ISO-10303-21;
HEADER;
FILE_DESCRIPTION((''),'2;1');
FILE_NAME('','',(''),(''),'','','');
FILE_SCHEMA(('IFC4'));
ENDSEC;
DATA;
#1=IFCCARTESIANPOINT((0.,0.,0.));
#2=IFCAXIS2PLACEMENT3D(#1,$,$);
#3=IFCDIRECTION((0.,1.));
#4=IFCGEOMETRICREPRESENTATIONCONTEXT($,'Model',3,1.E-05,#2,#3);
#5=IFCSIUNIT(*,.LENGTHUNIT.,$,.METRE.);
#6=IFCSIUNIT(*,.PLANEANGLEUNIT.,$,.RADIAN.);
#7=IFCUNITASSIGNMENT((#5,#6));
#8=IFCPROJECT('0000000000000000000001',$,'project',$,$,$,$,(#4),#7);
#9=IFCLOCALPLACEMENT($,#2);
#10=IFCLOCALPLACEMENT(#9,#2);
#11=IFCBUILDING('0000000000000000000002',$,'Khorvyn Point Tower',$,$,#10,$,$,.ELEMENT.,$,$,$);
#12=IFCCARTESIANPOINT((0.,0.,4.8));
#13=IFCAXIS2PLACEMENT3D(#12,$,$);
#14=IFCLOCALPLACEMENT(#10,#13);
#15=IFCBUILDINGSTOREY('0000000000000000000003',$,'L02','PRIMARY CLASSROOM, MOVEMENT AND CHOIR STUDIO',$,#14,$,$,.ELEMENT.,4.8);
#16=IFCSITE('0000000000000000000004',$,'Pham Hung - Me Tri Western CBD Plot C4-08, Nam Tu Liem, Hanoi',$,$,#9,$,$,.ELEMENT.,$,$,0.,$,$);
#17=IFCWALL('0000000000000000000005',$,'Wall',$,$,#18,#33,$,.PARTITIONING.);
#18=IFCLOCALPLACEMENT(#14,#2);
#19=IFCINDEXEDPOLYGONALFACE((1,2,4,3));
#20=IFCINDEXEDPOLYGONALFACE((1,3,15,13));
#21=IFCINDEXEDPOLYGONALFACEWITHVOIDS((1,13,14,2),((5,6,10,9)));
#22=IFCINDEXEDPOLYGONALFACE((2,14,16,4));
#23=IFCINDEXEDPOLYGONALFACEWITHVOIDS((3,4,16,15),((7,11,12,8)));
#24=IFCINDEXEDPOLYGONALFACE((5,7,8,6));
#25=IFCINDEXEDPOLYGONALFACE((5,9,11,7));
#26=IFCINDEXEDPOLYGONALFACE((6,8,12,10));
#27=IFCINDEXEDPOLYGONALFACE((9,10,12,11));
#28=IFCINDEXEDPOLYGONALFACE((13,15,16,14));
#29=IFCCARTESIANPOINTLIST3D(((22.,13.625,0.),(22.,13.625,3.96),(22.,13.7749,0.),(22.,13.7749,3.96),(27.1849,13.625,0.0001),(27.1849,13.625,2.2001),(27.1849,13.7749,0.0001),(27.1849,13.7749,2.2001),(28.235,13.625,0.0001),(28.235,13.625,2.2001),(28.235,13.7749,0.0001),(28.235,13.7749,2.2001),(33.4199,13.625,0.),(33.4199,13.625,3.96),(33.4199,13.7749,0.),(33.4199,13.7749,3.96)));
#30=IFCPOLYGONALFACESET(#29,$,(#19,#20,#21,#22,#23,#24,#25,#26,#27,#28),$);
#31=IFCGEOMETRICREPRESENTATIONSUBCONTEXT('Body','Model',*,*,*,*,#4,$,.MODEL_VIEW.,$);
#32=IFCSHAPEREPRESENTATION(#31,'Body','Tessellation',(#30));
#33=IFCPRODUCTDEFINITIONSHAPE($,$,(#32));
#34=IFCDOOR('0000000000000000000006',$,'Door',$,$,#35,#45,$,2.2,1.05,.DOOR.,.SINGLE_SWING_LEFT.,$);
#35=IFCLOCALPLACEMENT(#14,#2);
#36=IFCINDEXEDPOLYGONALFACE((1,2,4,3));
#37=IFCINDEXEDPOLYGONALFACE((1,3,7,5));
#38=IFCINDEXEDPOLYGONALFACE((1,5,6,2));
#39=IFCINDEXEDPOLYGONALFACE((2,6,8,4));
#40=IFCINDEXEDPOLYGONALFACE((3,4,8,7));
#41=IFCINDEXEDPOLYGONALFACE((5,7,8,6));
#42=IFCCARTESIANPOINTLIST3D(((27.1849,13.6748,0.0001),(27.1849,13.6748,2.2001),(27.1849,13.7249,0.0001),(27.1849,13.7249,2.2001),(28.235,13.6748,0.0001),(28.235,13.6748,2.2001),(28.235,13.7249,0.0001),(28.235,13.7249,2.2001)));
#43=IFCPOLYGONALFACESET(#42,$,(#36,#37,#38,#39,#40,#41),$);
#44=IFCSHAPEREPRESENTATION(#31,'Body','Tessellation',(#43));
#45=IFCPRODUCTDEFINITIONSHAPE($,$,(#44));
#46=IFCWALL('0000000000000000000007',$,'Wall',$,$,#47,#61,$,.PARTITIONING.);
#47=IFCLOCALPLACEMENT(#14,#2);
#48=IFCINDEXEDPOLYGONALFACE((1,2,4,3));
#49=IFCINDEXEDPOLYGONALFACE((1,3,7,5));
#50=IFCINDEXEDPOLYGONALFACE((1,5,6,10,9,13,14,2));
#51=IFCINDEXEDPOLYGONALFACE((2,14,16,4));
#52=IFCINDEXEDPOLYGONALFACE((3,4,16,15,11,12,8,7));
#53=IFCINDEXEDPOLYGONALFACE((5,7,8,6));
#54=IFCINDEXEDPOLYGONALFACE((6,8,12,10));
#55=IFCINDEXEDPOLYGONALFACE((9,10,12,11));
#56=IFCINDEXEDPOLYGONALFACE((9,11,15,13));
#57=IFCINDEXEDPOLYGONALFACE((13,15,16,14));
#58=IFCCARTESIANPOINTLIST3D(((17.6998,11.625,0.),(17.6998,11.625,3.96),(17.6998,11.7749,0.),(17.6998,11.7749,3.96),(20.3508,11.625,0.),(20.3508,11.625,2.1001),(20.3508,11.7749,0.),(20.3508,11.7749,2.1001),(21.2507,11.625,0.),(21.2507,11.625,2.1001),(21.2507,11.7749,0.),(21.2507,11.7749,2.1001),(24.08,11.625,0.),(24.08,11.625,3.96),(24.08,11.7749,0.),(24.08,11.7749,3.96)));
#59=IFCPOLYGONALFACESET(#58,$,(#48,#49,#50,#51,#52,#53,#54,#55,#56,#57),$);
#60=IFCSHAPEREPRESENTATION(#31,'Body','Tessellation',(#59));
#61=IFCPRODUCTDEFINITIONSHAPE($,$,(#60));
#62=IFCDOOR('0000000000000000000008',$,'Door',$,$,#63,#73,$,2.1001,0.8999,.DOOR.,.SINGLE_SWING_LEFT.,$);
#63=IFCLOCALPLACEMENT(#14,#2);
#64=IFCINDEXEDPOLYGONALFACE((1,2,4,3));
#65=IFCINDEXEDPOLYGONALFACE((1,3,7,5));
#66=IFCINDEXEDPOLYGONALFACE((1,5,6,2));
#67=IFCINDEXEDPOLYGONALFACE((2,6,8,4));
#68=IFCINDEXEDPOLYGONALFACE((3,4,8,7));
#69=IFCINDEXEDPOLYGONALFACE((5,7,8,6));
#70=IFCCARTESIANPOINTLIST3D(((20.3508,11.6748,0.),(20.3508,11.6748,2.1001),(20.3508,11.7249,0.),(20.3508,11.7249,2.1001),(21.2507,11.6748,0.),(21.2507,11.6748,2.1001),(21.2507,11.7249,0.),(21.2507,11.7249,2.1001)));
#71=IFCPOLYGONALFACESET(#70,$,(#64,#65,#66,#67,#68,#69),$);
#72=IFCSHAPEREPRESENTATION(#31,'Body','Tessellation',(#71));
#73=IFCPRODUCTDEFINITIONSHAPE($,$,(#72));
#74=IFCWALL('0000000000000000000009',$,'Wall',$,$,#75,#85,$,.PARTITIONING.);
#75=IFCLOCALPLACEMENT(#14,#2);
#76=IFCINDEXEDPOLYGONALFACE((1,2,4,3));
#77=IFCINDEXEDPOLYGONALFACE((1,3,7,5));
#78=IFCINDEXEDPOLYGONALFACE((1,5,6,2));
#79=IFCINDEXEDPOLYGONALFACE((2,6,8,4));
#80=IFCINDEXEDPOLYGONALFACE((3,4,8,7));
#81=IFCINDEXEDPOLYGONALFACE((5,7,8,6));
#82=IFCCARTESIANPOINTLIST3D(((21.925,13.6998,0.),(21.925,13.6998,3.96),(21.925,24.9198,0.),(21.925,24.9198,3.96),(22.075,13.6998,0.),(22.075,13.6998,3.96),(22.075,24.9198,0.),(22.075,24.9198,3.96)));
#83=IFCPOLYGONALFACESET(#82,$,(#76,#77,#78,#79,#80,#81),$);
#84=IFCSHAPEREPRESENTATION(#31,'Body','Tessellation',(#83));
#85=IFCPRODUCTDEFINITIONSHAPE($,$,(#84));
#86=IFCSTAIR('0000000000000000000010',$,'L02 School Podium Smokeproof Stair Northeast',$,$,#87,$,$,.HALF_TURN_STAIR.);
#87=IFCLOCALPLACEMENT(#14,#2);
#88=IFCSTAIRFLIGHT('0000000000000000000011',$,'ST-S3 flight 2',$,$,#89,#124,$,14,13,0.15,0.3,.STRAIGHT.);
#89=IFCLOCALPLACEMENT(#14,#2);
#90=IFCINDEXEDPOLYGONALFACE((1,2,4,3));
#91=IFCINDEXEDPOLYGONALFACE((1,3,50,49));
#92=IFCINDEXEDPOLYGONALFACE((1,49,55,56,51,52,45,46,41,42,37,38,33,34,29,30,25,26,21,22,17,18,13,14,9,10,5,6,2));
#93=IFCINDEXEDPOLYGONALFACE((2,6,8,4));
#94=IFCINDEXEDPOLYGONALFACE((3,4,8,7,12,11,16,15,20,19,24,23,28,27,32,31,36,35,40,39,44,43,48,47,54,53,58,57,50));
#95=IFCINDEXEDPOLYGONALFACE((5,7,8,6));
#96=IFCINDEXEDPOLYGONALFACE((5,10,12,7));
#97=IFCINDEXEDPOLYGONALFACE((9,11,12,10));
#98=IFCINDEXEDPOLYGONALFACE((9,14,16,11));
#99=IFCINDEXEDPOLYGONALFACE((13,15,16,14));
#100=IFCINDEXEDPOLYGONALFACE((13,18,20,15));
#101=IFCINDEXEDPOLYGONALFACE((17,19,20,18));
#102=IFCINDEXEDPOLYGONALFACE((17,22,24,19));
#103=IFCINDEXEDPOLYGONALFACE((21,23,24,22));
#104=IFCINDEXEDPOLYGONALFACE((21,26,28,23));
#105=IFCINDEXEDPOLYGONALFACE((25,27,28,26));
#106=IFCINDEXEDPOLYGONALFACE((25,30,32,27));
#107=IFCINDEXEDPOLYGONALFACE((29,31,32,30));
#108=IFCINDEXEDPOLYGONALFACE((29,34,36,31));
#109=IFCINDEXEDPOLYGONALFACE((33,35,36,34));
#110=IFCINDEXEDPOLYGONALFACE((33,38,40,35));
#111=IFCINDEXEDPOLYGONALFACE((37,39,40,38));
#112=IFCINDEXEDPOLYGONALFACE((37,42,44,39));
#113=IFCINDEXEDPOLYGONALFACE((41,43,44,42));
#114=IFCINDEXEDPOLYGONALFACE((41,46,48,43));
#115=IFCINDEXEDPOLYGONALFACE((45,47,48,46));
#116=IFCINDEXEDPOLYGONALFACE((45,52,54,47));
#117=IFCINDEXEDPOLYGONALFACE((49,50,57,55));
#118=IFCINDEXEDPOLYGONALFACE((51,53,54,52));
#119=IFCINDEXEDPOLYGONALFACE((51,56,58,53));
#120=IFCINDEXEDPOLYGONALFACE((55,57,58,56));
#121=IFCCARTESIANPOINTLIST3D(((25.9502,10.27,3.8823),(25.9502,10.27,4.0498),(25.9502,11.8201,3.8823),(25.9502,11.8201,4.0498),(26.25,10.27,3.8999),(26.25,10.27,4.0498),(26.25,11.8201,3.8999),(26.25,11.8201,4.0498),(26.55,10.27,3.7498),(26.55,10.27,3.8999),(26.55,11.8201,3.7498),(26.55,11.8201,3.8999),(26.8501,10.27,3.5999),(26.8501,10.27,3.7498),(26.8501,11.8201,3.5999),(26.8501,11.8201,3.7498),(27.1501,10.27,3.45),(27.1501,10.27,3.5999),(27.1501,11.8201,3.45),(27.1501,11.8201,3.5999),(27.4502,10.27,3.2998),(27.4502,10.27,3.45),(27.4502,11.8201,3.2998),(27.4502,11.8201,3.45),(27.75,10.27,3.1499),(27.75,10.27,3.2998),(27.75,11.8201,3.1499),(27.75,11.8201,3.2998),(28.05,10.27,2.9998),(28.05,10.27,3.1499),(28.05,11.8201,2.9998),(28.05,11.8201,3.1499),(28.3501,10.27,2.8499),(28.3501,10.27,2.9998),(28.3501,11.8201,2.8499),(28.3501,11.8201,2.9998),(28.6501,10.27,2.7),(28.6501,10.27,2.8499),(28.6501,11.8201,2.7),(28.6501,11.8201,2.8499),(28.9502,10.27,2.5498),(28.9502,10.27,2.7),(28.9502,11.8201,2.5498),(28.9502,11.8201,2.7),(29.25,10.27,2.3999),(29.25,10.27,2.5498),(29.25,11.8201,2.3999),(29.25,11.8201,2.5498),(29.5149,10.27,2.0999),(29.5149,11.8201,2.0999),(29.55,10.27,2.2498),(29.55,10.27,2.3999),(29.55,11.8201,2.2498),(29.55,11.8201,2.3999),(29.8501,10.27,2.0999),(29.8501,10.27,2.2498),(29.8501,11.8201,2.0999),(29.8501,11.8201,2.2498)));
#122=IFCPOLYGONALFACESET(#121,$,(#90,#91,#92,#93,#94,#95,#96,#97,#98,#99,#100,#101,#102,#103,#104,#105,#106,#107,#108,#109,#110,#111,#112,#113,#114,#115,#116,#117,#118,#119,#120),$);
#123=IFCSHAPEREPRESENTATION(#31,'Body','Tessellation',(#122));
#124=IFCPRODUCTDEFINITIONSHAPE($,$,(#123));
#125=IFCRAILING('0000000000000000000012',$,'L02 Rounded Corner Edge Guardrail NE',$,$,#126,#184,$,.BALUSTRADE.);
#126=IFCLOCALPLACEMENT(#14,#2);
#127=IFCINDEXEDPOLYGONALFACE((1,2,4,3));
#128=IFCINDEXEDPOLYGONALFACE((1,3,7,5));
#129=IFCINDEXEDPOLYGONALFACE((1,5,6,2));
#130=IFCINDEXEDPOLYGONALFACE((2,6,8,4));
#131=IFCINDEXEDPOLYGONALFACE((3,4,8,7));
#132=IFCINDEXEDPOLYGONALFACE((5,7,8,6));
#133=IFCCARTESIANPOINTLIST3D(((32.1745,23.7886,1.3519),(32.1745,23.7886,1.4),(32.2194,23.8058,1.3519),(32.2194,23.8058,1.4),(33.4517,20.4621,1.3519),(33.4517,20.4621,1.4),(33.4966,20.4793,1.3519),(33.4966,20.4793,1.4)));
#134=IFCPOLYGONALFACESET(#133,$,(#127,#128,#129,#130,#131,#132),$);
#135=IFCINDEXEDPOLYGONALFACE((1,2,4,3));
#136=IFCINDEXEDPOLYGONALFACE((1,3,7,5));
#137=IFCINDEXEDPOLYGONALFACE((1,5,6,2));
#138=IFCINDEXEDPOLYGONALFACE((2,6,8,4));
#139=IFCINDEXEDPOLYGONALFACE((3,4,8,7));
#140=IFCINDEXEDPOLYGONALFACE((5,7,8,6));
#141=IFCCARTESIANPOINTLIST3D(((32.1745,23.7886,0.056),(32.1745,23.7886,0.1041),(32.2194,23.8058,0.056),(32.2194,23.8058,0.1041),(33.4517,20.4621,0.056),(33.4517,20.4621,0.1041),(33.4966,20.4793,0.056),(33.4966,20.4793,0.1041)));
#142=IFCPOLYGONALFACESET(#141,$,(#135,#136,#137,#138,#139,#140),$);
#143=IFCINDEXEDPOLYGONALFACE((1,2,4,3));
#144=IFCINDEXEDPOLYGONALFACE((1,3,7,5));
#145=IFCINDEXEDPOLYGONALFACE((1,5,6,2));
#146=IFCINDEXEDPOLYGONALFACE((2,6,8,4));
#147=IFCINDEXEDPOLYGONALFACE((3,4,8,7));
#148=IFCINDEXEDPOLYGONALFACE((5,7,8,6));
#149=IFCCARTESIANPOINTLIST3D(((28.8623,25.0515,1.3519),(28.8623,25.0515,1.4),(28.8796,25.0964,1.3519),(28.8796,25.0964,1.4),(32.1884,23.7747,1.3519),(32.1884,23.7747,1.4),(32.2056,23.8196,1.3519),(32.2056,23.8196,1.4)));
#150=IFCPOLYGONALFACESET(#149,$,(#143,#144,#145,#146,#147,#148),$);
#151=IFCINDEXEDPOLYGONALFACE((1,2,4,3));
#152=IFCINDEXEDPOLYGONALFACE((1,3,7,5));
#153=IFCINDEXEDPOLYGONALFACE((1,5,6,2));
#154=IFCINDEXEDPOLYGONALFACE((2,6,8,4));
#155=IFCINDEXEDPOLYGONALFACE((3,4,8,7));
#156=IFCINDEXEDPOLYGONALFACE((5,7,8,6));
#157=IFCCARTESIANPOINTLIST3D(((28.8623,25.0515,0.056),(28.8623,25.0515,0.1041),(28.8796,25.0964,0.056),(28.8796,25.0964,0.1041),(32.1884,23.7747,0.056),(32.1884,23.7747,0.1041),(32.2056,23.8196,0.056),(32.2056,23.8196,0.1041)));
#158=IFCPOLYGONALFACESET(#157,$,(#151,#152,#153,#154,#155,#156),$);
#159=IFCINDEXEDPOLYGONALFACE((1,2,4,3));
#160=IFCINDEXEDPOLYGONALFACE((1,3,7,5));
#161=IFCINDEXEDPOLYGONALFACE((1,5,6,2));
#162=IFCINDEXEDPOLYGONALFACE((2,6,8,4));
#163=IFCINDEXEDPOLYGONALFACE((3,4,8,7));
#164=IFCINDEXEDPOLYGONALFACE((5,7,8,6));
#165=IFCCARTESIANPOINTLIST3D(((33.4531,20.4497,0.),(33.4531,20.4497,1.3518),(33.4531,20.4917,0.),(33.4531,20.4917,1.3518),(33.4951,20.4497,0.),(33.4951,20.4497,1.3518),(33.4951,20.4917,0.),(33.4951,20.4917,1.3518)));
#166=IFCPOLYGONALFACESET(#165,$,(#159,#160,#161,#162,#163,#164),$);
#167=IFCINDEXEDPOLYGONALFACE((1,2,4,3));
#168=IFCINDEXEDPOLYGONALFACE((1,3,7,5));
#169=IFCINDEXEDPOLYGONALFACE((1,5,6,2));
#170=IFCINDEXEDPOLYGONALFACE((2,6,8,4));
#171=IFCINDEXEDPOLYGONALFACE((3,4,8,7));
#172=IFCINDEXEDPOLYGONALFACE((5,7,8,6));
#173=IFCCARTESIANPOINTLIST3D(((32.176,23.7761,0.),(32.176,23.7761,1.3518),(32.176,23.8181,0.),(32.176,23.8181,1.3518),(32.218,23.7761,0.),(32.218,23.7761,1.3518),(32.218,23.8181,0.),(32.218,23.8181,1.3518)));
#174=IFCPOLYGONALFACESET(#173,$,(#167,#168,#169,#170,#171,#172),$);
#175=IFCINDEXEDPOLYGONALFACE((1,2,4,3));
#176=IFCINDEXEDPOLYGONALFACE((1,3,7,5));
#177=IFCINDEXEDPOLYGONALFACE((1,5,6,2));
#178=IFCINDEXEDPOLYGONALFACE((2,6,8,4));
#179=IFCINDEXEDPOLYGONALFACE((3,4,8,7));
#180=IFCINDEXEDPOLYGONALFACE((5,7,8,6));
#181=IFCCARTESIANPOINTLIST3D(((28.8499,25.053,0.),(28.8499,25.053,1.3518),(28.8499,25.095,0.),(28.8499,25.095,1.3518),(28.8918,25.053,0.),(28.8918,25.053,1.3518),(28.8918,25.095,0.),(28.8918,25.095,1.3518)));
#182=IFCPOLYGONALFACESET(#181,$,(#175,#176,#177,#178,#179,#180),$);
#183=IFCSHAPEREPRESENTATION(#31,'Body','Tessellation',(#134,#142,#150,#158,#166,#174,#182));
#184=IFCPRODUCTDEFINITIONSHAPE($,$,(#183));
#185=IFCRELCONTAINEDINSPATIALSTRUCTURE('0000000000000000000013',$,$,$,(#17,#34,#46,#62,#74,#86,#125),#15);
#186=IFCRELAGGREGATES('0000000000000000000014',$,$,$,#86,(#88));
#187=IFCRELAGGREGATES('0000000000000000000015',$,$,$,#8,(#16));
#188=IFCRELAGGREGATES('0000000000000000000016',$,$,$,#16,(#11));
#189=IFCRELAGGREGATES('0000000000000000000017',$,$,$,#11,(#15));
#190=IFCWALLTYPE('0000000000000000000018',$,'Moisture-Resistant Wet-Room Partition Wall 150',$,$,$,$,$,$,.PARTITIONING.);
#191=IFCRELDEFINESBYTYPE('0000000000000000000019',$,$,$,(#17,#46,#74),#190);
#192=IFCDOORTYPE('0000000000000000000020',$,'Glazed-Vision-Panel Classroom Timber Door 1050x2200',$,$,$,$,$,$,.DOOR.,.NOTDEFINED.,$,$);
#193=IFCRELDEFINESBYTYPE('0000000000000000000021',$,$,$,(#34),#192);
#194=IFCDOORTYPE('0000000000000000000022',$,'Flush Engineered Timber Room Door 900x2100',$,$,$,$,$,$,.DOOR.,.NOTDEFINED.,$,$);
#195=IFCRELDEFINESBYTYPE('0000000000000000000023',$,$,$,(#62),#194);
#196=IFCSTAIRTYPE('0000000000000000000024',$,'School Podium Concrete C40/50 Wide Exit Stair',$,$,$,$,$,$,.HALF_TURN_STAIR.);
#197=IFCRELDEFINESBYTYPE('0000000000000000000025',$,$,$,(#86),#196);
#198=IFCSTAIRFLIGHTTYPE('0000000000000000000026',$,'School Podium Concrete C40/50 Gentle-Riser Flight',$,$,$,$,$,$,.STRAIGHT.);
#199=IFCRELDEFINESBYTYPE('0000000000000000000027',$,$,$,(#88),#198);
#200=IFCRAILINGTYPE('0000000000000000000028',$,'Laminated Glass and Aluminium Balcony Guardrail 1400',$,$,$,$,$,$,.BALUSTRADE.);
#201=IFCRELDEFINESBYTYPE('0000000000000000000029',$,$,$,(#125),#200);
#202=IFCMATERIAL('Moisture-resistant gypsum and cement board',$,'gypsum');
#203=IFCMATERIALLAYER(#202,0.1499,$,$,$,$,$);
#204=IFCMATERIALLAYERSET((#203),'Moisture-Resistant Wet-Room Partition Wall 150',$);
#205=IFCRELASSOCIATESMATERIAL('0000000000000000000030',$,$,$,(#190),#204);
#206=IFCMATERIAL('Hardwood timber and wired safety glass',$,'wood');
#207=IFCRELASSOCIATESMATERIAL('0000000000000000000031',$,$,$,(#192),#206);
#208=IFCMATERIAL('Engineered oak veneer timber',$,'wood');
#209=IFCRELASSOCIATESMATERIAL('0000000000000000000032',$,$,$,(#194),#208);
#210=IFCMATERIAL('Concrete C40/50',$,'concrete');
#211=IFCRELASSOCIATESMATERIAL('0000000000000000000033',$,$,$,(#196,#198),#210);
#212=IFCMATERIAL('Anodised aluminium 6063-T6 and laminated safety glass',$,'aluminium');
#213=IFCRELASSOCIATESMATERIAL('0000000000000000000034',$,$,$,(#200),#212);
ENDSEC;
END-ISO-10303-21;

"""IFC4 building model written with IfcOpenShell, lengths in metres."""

from ifc_helpers import new_model, si_unit, direction, frame, frame_2d, origin, origin_2d, place, context, subcontext, project, spatial, polyline, rectangle, outline, extrude, material, layer, layer_set, type_object, element, fill, aggregate, save


model = new_model("IFC4")

# Units and contexts
model_context = context("Model", 3, precision=1e-05, world=origin(), true_north=direction((0.0, 1.0)))
body_context = subcontext(model_context, "Body", "Model", "MODEL_VIEW")
ifc_project = project(units=[si_unit("LENGTHUNIT", "METRE"), si_unit("PLANEANGLEUNIT", "RADIAN")], contexts=[model_context])

# Site, building, storey
site_placement = place(None, origin())
site = spatial("IfcSite", under=ifc_project, at=site_placement, Name="Pham Hung - Me Tri Western CBD Plot C4-08, Nam Tu Liem, Hanoi", CompositionType="ELEMENT", RefElevation=0.0)
building_placement = place(site_placement, origin())
building = spatial("IfcBuilding", under=site, at=building_placement, Name="Khorvyn Point Tower", CompositionType="ELEMENT")
storey_placement = place(building_placement, frame((0.0, 0.0, 4.8)))
storey = spatial("IfcBuildingStorey", under=building, at=storey_placement, Name="L02", Description="PRIMARY CLASSROOM, MOVEMENT AND CHOIR STUDIO", CompositionType="ELEMENT", Elevation=4.8)

# Shared definitions
ifc_material_1 = material(Name="Concrete C40/50", Category="concrete")

# Walls, openings, doors
ifc_material_2 = material(Name="Moisture-resistant gypsum and cement board", Category="gypsum")
ifc_layer_1 = layer(ifc_material_2, 0.1499)
ifc_layer_set_1 = layer_set([ifc_layer_1], Name="Moisture-Resistant Wet-Room Partition Wall 150")
wall_type_1 = type_object("IfcWallType", Name="Moisture-Resistant Wet-Room Partition Wall 150", PredefinedType="PARTITIONING", material=ifc_layer_set_1)
wall_1_placement = place(storey_placement, frame((22.0, 13.7, 0.0), z_axis=(0.0, 0.0, 1.0), x_axis=(1.0, 0.0, 0.0)))
wall_1 = element("IfcWall", 1, at=wall_1_placement, inside=storey, type_object=wall_type_1, Name="Wall", PredefinedType="PARTITIONING", context=body_context, shape_type="SweptSolid", body=[
    extrude(rectangle(XDim=11.4199, YDim=0.1499, at=frame_2d((5.71, 0.0))), origin(), (0.0, 0.0, 1.0), 3.96),
])
opening_1_placement = place(wall_1_placement, frame((5.1851, 0.0, 0.0)))
opening_1 = element("IfcOpeningElement", 2, at=opening_1_placement, cuts=wall_1, PredefinedType="OPENING", context=body_context, shape_type="SweptSolid", body=[
    extrude(rectangle(XDim=1.05, YDim=2.2, at=frame_2d((0.5249, 1.1001))), frame((0.0, 0.085, 0.0), z_axis=(0.0, -1.0, 0.0), x_axis=(1.0, 0.0, 0.0)), (0.0, 0.0, 1.0), 0.1699),
])
ifc_material_3 = material(Name="Hardwood timber and wired safety glass", Category="wood")
door_type_1 = type_object("IfcDoorType", Name="Glazed-Vision-Panel Classroom Timber Door 1050x2200", OperationType="NOTDEFINED", PredefinedType="DOOR", material=ifc_material_3)
door_1_placement = place(opening_1_placement, origin())
door_1 = element("IfcDoor", 3, at=door_1_placement, inside=storey, type_object=door_type_1, Name="Door", OperationType="SINGLE_SWING_LEFT", OverallHeight=2.2, OverallWidth=1.05, PredefinedType="DOOR", context=body_context, shape_type="SweptSolid", body=[
    extrude(rectangle(XDim=1.05, YDim=2.2, at=frame_2d((0.5249, 1.1001))), frame((0.0, 0.0249, 0.0), z_axis=(0.0, -1.0, 0.0), x_axis=(1.0, 0.0, 0.0)), (0.0, 0.0, 1.0), 0.05),
])
fill(opening_1, door_1)
wall_2_placement = place(storey_placement, frame((17.7, 11.7, 0.0), z_axis=(0.0, 0.0, 1.0), x_axis=(1.0, 0.0, 0.0)))
wall_2 = element("IfcWall", 4, at=wall_2_placement, inside=storey, type_object=wall_type_1, Name="Wall", PredefinedType="PARTITIONING", context=body_context, shape_type="SweptSolid", body=[
    extrude(rectangle(XDim=6.3801, YDim=0.1499, at=frame_2d((3.1899, 0.0))), origin(), (0.0, 0.0, 1.0), 3.96),
])
opening_2_placement = place(wall_2_placement, frame((2.6509, 0.0, 0.0)))
opening_2 = element("IfcOpeningElement", 5, at=opening_2_placement, cuts=wall_2, PredefinedType="OPENING", context=body_context, shape_type="SweptSolid", body=[
    extrude(rectangle(XDim=0.8999, YDim=2.1001, at=frame_2d((0.45, 1.05))), frame((0.0, 0.085, 0.0), z_axis=(0.0, -1.0, 0.0), x_axis=(1.0, 0.0, 0.0)), (0.0, 0.0, 1.0), 0.1699),
])
ifc_material_4 = material(Name="Engineered oak veneer timber", Category="wood")
door_type_2 = type_object("IfcDoorType", Name="Flush Engineered Timber Room Door 900x2100", OperationType="NOTDEFINED", PredefinedType="DOOR", material=ifc_material_4)
door_2_placement = place(opening_2_placement, origin())
door_2 = element("IfcDoor", 6, at=door_2_placement, inside=storey, type_object=door_type_2, Name="Door", OperationType="SINGLE_SWING_LEFT", OverallHeight=2.1001, OverallWidth=0.8999, PredefinedType="DOOR", context=body_context, shape_type="SweptSolid", body=[
    extrude(rectangle(XDim=0.8999, YDim=2.1001, at=frame_2d((0.45, 1.05))), frame((0.0, 0.0249, 0.0), z_axis=(0.0, -1.0, 0.0), x_axis=(1.0, 0.0, 0.0)), (0.0, 0.0, 1.0), 0.05),
])
fill(opening_2, door_2)

# Wall
wall_3_placement = place(storey_placement, frame((22.0, 13.7, 0.0), z_axis=(0.0, 0.0, 1.0), x_axis=(0.0, 1.0, 0.0)))
element("IfcWall", 7, at=wall_3_placement, inside=storey, type_object=wall_type_1, Name="Wall", PredefinedType="PARTITIONING", context=body_context, shape_type="SweptSolid", body=[
    extrude(rectangle(XDim=11.22, YDim=0.1499, at=frame_2d((5.6099, 0.0))), origin(), (0.0, 0.0, 1.0), 3.96),
])

# Stair, stair flight
stair_type = type_object("IfcStairType", Name="School Podium Concrete C40/50 Wide Exit Stair", PredefinedType="HALF_TURN_STAIR", material=ifc_material_1)
stair_placement = place(storey_placement, origin())
stair = element("IfcStair", 8, at=stair_placement, inside=storey, type_object=stair_type, Name="L02 School Podium Smokeproof Stair Northeast", PredefinedType="HALF_TURN_STAIR")
stair_flight_type = type_object("IfcStairFlightType", Name="School Podium Concrete C40/50 Gentle-Riser Flight", PredefinedType="STRAIGHT", material=ifc_material_1)
stair_flight_placement = place(storey_placement, frame((29.8501, 11.0449, 2.0999), z_axis=(0.0, 0.0, 1.0), x_axis=(-1.0, 0.0, 0.0)))
stair_flight = element("IfcStairFlight", 9, at=stair_flight_placement, type_object=stair_flight_type, Name="ST-S3 flight 2", NumberOfRisers=14, NumberOfTreads=13, PredefinedType="STRAIGHT", RiserHeight=0.15, TreadLength=0.3, context=body_context, shape_type="SweptSolid", body=[
    extrude(outline(polyline([(0.0, 0.0), (0.0, 0.1499), (0.3, 0.1499), (0.3, 0.3), (0.6001, 0.3), (0.6001, 0.45), (0.8999, 0.45), (0.8999, 0.6001), (1.2, 0.6001), (1.2, 0.75), (1.5, 0.75), (1.5, 0.8999), (1.8, 0.8999), (1.8, 1.05), (2.1001, 1.05), (2.1001, 1.2), (2.3999, 1.2), (2.3999, 1.3501), (2.7, 1.3501), (2.7, 1.5), (3.0, 1.5), (3.0, 1.6499), (3.3, 1.6499), (3.3, 1.8), (3.6001, 1.8), (3.6001, 1.95), (3.8999, 1.95), (3.8999, 2.1001), (3.8999, 1.7825), (0.3352, 0.0), (0.0, 0.0)])), frame((0.0, 0.7749, 0.0), z_axis=(0.0, -1.0, 0.0), x_axis=(1.0, 0.0, 0.0)), (0.0, 0.0, 1.0), 1.55),
])
aggregate(stair, [stair_flight])

# Railing
ifc_material_5 = material(Name="Anodised aluminium 6063-T6 and laminated safety glass", Category="aluminium")
railing_type_1 = type_object("IfcRailingType", Name="Laminated Glass and Aluminium Balcony Guardrail 1400", PredefinedType="BALUSTRADE", material=ifc_material_5)
railing_1_placement = place(storey_placement, frame((33.4741, 20.4707, 0.0)))
element("IfcRailing", 10, at=railing_1_placement, inside=storey, type_object=railing_type_1, Name="L02 Rounded Corner Edge Guardrail NE", PredefinedType="BALUSTRADE", context=body_context, shape_type="SweptSolid", body=[
    extrude(rectangle(XDim=0.0481, YDim=0.0481, at=origin_2d()), frame((0.0, 0.0, 1.376), z_axis=(-0.358419, 0.933561, 0.0), x_axis=(-0.933561, -0.358419, 0.0)), (0.0, 0.0, 1.0), 3.5632),
    extrude(rectangle(XDim=0.0481, YDim=0.0481, at=origin_2d()), frame((0.0, 0.0, 0.0801), z_axis=(-0.358419, 0.933561, 0.0), x_axis=(-0.933561, -0.358419, 0.0)), (0.0, 0.0, 1.0), 3.5632),
    extrude(rectangle(XDim=0.0481, YDim=0.0481, at=origin_2d()), frame((-1.2771, 3.3264, 1.376), z_axis=(-0.933575, 0.358382, 0.0), x_axis=(-0.358382, -0.933575, 0.0)), (0.0, 0.0, 1.0), 3.5627),
    extrude(rectangle(XDim=0.0481, YDim=0.0481, at=origin_2d()), frame((-1.2771, 3.3264, 0.0801), z_axis=(-0.933575, 0.358382, 0.0), x_axis=(-0.358382, -0.933575, 0.0)), (0.0, 0.0, 1.0), 3.5627),
    extrude(rectangle(XDim=0.042, YDim=0.042, at=origin_2d()), origin(), (0.0, 0.0, 1.0), 1.3518),
    extrude(rectangle(XDim=0.042, YDim=0.042, at=origin_2d()), frame((-1.2771, 3.3264, 0.0)), (0.0, 0.0, 1.0), 1.3518),
    extrude(rectangle(XDim=0.042, YDim=0.042, at=origin_2d()), frame((-4.6033, 4.6033, 0.0)), (0.0, 0.0, 1.0), 1.3518),
])

save(model, "model.ifc")
